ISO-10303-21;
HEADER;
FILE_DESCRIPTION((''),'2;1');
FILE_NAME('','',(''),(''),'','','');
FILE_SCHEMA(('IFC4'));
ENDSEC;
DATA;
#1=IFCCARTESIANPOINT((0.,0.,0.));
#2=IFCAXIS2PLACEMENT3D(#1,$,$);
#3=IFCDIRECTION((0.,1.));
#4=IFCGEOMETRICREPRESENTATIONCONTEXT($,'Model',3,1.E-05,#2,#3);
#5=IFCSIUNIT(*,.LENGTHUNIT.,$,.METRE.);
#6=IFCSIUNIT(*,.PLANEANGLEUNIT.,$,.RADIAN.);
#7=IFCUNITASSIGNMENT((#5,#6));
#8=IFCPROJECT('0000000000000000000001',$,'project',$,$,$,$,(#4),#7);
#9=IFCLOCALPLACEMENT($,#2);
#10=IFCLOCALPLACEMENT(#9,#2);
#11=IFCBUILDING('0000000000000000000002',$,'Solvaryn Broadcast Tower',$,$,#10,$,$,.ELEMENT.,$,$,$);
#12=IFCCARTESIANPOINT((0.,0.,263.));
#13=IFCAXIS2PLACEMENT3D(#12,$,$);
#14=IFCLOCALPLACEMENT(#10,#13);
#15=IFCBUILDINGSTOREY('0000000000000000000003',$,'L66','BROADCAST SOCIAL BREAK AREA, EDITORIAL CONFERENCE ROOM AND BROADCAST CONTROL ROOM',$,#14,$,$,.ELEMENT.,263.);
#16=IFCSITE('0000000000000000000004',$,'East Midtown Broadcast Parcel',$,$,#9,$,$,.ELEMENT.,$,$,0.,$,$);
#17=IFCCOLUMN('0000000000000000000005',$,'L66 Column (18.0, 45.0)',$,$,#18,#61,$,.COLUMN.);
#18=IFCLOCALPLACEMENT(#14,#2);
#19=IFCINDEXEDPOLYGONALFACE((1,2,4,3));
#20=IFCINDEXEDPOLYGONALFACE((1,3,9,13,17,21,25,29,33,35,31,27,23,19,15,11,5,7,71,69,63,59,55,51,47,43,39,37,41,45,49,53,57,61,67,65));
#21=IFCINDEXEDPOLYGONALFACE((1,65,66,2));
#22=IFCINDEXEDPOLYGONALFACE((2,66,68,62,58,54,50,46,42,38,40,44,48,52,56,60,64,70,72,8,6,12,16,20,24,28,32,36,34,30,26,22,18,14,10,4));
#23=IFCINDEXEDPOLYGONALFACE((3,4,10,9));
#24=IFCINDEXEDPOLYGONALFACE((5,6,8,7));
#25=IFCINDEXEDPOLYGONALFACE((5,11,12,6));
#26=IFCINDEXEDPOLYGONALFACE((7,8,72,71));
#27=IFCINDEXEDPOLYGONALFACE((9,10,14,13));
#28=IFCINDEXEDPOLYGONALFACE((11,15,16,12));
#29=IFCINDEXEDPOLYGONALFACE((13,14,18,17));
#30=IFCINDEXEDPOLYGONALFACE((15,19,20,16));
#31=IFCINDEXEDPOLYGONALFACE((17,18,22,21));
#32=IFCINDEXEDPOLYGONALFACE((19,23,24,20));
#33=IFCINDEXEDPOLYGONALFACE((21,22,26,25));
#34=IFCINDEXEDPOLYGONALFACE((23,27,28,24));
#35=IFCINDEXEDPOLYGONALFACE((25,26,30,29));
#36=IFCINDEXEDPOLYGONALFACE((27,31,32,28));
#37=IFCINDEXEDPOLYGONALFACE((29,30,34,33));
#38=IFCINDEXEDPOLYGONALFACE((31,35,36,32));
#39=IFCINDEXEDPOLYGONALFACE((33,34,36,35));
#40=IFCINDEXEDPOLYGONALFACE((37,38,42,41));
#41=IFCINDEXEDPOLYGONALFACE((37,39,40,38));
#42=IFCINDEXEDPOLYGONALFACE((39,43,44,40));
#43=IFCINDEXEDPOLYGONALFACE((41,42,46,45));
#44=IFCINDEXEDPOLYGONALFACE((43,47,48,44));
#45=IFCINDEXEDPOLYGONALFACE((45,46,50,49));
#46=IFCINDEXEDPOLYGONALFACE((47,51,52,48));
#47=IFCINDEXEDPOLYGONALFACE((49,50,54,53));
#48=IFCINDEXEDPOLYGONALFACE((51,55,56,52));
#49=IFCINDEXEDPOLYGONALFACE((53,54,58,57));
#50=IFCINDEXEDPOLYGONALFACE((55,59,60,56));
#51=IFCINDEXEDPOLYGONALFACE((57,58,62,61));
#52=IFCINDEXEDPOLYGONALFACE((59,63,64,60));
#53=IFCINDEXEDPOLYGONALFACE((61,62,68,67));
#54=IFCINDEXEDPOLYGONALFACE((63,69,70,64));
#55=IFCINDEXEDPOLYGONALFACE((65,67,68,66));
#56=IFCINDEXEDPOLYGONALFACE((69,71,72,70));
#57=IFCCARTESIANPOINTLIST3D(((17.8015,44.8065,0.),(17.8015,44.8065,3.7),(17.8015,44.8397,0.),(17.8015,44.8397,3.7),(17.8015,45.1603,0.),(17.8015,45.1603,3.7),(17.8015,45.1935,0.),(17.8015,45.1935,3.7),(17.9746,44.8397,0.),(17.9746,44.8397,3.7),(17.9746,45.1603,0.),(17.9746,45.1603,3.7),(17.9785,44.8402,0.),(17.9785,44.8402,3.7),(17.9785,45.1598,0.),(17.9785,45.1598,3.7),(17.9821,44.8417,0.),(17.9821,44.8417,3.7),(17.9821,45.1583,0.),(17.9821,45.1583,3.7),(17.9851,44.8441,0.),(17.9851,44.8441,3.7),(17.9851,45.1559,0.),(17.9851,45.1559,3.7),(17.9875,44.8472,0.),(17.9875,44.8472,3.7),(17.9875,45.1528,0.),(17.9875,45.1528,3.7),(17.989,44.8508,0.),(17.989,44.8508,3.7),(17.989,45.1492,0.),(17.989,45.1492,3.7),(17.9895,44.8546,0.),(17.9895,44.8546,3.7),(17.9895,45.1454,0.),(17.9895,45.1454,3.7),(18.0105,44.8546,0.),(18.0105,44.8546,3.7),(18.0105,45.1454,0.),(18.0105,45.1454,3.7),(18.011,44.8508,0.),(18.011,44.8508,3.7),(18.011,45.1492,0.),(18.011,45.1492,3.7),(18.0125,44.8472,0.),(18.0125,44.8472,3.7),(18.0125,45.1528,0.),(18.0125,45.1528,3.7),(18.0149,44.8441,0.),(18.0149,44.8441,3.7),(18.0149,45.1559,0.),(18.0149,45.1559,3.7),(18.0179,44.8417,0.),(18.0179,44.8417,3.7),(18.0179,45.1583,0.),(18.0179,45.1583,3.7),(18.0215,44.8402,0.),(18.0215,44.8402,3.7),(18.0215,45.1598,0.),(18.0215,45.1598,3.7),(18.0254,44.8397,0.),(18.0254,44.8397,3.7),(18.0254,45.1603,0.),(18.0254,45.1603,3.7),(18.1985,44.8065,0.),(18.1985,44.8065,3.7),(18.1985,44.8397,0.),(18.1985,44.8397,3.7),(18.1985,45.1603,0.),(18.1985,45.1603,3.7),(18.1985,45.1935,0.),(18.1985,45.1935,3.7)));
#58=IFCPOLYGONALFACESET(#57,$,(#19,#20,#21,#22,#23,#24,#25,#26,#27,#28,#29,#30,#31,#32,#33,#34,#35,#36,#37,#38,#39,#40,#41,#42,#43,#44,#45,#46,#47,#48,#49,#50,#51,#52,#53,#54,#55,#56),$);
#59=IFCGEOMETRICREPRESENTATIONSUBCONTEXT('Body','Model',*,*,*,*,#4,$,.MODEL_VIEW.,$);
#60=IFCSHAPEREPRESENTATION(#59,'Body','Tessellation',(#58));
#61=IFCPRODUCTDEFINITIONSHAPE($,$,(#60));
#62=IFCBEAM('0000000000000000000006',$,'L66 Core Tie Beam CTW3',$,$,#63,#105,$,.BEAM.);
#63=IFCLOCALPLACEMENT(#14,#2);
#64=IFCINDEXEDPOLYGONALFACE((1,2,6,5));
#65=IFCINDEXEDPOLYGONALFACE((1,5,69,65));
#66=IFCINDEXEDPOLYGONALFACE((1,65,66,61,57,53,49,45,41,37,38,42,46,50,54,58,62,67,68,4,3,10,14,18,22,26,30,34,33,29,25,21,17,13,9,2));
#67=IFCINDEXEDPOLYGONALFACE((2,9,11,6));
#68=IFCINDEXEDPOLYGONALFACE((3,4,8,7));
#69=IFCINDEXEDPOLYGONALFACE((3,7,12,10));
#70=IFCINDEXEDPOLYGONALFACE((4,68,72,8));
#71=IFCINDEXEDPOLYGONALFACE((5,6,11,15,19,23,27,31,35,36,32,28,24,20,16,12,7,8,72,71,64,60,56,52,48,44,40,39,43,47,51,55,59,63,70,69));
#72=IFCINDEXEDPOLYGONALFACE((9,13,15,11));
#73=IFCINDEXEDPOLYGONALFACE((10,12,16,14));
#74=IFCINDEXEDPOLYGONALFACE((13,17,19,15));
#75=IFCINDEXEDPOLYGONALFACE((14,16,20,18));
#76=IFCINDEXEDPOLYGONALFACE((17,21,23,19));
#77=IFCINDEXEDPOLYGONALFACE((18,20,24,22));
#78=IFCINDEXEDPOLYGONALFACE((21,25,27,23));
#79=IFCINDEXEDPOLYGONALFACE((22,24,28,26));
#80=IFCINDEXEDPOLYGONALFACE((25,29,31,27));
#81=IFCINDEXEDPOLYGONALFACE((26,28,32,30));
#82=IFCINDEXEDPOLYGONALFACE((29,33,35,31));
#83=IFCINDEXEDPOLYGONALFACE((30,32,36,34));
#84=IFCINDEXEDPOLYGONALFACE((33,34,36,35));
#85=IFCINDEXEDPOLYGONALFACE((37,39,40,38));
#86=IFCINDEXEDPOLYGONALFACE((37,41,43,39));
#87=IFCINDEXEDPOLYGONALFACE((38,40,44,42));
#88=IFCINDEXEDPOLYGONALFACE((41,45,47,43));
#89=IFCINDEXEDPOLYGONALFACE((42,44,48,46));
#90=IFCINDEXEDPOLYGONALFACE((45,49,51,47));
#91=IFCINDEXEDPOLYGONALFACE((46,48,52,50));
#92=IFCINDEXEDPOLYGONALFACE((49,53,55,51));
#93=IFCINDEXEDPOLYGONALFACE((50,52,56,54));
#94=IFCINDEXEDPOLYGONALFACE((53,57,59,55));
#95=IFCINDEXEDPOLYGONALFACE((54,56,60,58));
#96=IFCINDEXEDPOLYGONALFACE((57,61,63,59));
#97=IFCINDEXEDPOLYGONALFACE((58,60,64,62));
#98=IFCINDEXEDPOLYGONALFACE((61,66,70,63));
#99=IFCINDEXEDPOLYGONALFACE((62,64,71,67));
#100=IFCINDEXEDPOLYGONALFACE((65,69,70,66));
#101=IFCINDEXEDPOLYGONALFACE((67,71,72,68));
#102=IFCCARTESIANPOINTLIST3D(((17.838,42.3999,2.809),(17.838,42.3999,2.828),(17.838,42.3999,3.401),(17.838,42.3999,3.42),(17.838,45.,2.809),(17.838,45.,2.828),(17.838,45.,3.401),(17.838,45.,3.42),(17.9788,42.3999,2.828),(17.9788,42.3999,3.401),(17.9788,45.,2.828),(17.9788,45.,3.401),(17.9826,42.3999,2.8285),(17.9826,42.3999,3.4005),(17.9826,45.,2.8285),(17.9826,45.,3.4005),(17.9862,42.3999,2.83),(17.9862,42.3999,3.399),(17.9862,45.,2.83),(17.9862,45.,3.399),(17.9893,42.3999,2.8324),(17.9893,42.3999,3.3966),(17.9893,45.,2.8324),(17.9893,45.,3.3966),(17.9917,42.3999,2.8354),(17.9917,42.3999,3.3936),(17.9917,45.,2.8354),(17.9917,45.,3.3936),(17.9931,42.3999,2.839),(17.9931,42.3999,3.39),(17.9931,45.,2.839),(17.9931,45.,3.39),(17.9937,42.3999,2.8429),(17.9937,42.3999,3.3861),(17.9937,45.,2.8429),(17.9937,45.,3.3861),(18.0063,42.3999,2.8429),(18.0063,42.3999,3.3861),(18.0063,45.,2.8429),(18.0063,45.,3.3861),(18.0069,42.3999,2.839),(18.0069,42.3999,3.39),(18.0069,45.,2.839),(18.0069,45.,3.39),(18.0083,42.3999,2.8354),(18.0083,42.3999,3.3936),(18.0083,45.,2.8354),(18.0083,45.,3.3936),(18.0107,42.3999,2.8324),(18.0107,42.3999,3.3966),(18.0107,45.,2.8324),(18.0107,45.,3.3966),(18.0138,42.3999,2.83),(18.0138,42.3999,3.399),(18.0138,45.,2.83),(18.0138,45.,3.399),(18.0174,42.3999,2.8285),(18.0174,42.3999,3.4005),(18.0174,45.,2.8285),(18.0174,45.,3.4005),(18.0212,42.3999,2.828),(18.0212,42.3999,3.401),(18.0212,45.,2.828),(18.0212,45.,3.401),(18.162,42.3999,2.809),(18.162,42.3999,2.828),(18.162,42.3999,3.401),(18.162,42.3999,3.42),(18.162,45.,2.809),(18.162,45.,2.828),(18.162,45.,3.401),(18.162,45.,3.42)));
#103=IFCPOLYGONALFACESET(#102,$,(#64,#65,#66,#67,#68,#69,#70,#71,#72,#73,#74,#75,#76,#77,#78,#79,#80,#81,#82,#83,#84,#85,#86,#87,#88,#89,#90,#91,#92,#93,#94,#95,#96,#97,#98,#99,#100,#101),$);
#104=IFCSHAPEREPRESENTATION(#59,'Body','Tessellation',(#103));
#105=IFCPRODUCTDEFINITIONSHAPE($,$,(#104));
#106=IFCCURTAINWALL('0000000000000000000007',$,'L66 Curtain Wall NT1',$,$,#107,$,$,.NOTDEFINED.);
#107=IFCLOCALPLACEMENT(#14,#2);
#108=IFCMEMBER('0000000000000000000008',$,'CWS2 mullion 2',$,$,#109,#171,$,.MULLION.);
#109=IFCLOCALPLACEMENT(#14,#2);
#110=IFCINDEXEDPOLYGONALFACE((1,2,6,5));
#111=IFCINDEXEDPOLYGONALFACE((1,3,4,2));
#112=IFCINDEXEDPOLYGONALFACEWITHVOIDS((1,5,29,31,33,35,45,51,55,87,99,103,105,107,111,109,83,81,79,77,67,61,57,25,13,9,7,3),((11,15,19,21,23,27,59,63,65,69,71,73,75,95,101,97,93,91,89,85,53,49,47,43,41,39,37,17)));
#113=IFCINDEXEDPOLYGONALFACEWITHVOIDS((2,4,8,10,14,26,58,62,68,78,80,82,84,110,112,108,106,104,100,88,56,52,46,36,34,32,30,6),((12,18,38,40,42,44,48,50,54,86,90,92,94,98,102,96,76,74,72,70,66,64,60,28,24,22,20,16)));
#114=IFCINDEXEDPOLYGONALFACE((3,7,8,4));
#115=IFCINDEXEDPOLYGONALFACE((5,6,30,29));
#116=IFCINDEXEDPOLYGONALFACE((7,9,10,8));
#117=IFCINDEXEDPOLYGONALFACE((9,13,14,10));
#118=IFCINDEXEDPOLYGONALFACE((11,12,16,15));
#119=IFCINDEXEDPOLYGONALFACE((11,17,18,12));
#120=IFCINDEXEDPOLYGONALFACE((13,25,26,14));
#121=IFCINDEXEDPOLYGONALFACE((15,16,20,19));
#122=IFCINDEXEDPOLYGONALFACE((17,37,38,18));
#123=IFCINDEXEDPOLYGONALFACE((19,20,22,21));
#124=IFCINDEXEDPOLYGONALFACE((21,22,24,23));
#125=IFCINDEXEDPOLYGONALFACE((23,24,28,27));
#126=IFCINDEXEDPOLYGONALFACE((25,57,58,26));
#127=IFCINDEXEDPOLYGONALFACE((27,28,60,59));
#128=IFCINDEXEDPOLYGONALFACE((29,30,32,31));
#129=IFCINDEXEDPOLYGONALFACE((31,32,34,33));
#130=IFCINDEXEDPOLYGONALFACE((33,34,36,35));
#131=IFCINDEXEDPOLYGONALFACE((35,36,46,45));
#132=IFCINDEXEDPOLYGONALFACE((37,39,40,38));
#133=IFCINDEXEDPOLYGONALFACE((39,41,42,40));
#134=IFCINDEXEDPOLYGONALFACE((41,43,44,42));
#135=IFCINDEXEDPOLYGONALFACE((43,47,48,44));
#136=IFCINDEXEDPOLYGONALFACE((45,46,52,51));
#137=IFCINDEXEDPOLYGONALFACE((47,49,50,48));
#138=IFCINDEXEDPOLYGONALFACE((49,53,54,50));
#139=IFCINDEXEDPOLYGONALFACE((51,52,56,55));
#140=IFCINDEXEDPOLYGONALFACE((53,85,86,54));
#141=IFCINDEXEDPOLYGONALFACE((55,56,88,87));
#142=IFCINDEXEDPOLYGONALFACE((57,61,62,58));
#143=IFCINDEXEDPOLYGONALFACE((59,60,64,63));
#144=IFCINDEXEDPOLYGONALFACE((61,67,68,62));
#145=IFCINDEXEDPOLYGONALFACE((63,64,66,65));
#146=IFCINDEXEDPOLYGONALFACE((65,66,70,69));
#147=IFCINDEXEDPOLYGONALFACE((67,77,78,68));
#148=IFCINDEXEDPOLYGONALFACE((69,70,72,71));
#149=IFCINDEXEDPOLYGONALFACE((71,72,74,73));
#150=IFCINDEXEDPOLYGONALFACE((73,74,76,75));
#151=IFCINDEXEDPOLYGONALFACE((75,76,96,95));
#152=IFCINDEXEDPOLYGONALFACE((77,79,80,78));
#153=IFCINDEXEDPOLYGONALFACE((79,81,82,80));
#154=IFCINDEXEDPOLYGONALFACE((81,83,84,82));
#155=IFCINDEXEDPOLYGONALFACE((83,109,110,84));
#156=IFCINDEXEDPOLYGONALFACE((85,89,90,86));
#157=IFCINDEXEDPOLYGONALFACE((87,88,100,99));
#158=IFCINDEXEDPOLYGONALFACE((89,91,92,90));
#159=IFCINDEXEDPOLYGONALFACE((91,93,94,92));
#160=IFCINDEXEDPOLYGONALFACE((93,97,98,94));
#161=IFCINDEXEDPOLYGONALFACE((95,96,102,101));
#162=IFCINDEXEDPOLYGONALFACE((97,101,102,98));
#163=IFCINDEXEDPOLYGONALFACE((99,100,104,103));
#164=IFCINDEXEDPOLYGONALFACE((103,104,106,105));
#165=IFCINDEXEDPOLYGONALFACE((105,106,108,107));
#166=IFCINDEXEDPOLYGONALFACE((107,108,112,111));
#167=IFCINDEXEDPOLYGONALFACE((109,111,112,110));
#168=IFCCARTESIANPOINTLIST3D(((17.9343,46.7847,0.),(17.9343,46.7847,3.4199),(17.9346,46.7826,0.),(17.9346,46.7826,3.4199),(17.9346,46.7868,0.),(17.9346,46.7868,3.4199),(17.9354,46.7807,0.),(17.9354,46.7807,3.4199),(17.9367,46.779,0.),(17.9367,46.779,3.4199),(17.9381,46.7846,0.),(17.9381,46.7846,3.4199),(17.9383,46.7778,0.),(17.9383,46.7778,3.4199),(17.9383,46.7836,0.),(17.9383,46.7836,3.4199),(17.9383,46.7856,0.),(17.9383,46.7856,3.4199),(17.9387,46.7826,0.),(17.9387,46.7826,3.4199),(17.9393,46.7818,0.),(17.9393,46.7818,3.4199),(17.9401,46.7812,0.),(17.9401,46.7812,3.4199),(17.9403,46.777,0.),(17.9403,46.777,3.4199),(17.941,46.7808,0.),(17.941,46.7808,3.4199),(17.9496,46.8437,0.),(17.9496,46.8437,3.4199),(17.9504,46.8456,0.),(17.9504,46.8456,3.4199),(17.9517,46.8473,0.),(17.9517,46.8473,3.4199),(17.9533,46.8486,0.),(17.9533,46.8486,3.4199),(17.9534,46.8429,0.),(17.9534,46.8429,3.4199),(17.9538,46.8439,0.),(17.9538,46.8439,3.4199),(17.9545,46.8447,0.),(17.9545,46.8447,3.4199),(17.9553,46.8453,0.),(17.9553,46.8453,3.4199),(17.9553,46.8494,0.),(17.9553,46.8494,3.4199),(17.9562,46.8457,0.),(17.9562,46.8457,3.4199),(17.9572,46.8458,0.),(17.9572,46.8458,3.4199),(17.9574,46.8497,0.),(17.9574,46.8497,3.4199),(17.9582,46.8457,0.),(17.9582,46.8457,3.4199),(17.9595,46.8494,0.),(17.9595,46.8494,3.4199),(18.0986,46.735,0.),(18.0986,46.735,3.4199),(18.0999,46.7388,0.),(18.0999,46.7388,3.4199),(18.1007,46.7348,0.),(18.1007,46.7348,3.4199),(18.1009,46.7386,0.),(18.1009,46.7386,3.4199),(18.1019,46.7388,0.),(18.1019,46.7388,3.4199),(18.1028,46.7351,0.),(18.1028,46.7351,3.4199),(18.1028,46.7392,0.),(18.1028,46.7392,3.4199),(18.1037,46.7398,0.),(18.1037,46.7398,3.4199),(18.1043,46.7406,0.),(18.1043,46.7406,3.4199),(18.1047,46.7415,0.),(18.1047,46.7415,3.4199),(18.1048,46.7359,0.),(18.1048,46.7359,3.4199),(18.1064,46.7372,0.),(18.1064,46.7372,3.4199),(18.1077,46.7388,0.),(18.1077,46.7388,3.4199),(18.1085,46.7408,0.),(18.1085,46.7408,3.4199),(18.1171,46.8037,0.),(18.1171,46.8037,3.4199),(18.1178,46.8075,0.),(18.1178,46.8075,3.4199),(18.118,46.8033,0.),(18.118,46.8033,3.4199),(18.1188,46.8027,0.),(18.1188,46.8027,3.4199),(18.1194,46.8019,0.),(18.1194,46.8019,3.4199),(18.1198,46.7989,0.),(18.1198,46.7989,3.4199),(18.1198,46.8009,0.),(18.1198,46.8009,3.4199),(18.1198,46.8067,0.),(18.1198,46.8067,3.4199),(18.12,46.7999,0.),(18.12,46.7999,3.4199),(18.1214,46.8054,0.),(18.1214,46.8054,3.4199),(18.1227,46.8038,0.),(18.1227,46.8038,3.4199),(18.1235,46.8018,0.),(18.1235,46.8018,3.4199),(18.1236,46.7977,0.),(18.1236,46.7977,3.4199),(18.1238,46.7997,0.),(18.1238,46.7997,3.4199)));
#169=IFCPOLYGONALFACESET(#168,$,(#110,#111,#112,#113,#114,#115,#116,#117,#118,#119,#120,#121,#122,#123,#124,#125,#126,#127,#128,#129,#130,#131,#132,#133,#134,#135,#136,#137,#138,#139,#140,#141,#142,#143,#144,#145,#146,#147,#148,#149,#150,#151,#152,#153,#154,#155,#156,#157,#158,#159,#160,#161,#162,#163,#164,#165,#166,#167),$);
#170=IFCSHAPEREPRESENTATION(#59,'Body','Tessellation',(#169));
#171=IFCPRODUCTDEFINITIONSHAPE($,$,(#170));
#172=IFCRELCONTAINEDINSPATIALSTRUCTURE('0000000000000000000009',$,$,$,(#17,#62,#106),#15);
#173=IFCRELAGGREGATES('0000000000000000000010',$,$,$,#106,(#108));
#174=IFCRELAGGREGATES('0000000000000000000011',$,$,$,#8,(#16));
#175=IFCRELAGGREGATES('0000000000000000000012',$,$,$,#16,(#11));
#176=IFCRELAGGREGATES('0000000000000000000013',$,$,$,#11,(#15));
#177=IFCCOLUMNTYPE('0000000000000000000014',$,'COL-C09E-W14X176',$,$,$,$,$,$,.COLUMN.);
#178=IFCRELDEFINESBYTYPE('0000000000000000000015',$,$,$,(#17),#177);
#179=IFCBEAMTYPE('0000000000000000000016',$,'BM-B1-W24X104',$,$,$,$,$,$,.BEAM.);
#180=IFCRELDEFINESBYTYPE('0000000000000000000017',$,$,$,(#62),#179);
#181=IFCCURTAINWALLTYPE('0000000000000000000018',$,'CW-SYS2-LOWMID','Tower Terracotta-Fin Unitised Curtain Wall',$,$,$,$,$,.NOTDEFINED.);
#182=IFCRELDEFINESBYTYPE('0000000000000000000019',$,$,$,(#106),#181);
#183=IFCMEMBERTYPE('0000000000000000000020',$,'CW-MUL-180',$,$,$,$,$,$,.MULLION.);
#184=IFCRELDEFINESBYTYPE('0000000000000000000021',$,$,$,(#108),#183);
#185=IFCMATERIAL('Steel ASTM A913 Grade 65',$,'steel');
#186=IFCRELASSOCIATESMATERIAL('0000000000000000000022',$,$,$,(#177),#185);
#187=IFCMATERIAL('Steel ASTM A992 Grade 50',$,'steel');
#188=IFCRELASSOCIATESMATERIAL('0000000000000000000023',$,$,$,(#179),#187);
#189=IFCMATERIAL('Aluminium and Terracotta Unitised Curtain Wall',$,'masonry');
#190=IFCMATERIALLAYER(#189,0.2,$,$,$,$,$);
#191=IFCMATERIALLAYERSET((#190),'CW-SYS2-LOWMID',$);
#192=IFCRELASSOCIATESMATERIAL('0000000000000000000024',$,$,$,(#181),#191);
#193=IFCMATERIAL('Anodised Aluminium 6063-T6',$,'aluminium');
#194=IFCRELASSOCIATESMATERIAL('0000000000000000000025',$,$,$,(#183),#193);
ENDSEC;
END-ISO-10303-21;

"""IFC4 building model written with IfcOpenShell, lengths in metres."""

from ifc_helpers import new_model, si_unit, direction, frame, origin, origin_2d, place, context, subcontext, project, spatial, hollow_rectangle, i_section, extrude, material, layer, layer_set, material_profile, profile_set, type_object, element, aggregate, save


model = new_model("IFC4")

# Units and contexts
model_context = context("Model", 3, precision=1e-05, world=origin(), true_north=direction((0.0, 1.0)))
body_context = subcontext(model_context, "Body", "Model", "MODEL_VIEW")
ifc_project = project(units=[si_unit("LENGTHUNIT", "METRE"), si_unit("PLANEANGLEUNIT", "RADIAN")], contexts=[model_context])

# Site, building, storey
site_placement = place(None, origin())
site = spatial("IfcSite", under=ifc_project, at=site_placement, Name="East Midtown Broadcast Parcel", CompositionType="ELEMENT", RefElevation=0.0)
building_placement = place(site_placement, origin())
building = spatial("IfcBuilding", under=site, at=building_placement, Name="Solvaryn Broadcast Tower", CompositionType="ELEMENT")
storey_placement = place(building_placement, frame((0.0, 0.0, 263.0)))
storey = spatial("IfcBuildingStorey", under=building, at=storey_placement, Name="L66", Description="BROADCAST SOCIAL BREAK AREA, EDITORIAL CONFERENCE ROOM AND BROADCAST CONTROL ROOM", CompositionType="ELEMENT", Elevation=263.0)

# Column
ifc_material_1 = material(Name="Steel ASTM A913 Grade 65", Category="steel")
ifc_material_profile_1 = material_profile(ifc_material_1, i_section(OverallWidth=0.397, OverallDepth=0.387, WebThickness=0.021, FlangeThickness=0.0332, FilletRadius=0.0149, at=origin_2d()))
ifc_profile_set_1 = profile_set([ifc_material_profile_1], Name="Steel ASTM A913 Grade 65")
column_type = type_object("IfcColumnType", Name="COL-C09E-W14X176", PredefinedType="COLUMN", material=ifc_profile_set_1)
column_placement = place(storey_placement, frame((18.0, 45.0, 0.0), z_axis=(0.0, 0.0, 1.0), x_axis=(1.0, 0.0, 0.0)))
element("IfcColumn", 1, at=column_placement, inside=storey, type_object=column_type, Name="L66 Column (18.0, 45.0)", PredefinedType="COLUMN", context=body_context, shape_type="SweptSolid", body=[
    extrude(i_section(OverallWidth=0.397, OverallDepth=0.387, WebThickness=0.021, FlangeThickness=0.0332, FilletRadius=0.0149, at=origin_2d()), origin(), (0.0, 0.0, 1.0), 3.7),
])

# Beam
ifc_material_2 = material(Name="Steel ASTM A992 Grade 50", Category="steel")
ifc_material_profile_2 = material_profile(ifc_material_2, i_section(OverallWidth=0.324, OverallDepth=0.6111, WebThickness=0.0127, FlangeThickness=0.019, FilletRadius=0.0149, at=origin_2d()))
ifc_profile_set_2 = profile_set([ifc_material_profile_2], Name="Steel ASTM A992 Grade 50")
beam_type = type_object("IfcBeamType", Name="BM-B1-W24X104", PredefinedType="BEAM", material=ifc_profile_set_2)
beam_placement = place(storey_placement, frame((18.0, 42.3999, 3.1145), z_axis=(0.0, 1.0, 0.0), x_axis=(-1.0, 0.0, 0.0)))
element("IfcBeam", 2, at=beam_placement, inside=storey, type_object=beam_type, Name="L66 Core Tie Beam CTW3", PredefinedType="BEAM", context=body_context, shape_type="SweptSolid", body=[
    extrude(i_section(OverallWidth=0.324, OverallDepth=0.6111, WebThickness=0.0127, FlangeThickness=0.019, FilletRadius=0.0149, at=origin_2d()), origin(), (0.0, 0.0, 1.0), 2.6001),
])

# Curtain wall, member
ifc_material_3 = material(Name="Aluminium and Terracotta Unitised Curtain Wall", Category="masonry")
ifc_layer_1 = layer(ifc_material_3, 0.2)
ifc_layer_set_1 = layer_set([ifc_layer_1], Name="CW-SYS2-LOWMID")
curtain_wall_type = type_object("IfcCurtainWallType", Name="CW-SYS2-LOWMID", Description="Tower Terracotta-Fin Unitised Curtain Wall", PredefinedType="NOTDEFINED", material=ifc_layer_set_1)
curtain_wall_1_placement = place(storey_placement, origin())
curtain_wall_1 = element("IfcCurtainWall", 3, at=curtain_wall_1_placement, inside=storey, type_object=curtain_wall_type, Name="L66 Curtain Wall NT1", PredefinedType="NOTDEFINED")
ifc_material_4 = material(Name="Anodised Aluminium 6063-T6", Category="aluminium")
ifc_material_profile_3 = material_profile(ifc_material_4, hollow_rectangle(XDim=0.075, YDim=0.1799, WallThickness=0.0039, InnerFilletRadius=0.0039, OuterFilletRadius=0.0081, at=origin_2d()))
ifc_profile_set_3 = profile_set([ifc_material_profile_3], Name="Anodised Aluminium 6063-T6")
member_type_1 = type_object("IfcMemberType", Name="CW-MUL-180", PredefinedType="MULLION", material=ifc_profile_set_3)
member_1_placement = place(storey_placement, frame((18.0291, 46.7922, 0.0), z_axis=(0.0, 0.0, 1.0), x_axis=(-0.255893, -0.966705, 0.0)))
member_1 = element("IfcMember", 4, at=member_1_placement, type_object=member_type_1, Name="CWS2 mullion 2", PredefinedType="MULLION", context=body_context, shape_type="SweptSolid", body=[
    extrude(hollow_rectangle(XDim=0.075, YDim=0.1799, WallThickness=0.0039, InnerFilletRadius=0.0039, OuterFilletRadius=0.0081, at=origin_2d()), origin(), (0.0, 0.0, 1.0), 3.4199),
])

aggregate(curtain_wall_1, [member_1])

save(model, "model.ifc")
